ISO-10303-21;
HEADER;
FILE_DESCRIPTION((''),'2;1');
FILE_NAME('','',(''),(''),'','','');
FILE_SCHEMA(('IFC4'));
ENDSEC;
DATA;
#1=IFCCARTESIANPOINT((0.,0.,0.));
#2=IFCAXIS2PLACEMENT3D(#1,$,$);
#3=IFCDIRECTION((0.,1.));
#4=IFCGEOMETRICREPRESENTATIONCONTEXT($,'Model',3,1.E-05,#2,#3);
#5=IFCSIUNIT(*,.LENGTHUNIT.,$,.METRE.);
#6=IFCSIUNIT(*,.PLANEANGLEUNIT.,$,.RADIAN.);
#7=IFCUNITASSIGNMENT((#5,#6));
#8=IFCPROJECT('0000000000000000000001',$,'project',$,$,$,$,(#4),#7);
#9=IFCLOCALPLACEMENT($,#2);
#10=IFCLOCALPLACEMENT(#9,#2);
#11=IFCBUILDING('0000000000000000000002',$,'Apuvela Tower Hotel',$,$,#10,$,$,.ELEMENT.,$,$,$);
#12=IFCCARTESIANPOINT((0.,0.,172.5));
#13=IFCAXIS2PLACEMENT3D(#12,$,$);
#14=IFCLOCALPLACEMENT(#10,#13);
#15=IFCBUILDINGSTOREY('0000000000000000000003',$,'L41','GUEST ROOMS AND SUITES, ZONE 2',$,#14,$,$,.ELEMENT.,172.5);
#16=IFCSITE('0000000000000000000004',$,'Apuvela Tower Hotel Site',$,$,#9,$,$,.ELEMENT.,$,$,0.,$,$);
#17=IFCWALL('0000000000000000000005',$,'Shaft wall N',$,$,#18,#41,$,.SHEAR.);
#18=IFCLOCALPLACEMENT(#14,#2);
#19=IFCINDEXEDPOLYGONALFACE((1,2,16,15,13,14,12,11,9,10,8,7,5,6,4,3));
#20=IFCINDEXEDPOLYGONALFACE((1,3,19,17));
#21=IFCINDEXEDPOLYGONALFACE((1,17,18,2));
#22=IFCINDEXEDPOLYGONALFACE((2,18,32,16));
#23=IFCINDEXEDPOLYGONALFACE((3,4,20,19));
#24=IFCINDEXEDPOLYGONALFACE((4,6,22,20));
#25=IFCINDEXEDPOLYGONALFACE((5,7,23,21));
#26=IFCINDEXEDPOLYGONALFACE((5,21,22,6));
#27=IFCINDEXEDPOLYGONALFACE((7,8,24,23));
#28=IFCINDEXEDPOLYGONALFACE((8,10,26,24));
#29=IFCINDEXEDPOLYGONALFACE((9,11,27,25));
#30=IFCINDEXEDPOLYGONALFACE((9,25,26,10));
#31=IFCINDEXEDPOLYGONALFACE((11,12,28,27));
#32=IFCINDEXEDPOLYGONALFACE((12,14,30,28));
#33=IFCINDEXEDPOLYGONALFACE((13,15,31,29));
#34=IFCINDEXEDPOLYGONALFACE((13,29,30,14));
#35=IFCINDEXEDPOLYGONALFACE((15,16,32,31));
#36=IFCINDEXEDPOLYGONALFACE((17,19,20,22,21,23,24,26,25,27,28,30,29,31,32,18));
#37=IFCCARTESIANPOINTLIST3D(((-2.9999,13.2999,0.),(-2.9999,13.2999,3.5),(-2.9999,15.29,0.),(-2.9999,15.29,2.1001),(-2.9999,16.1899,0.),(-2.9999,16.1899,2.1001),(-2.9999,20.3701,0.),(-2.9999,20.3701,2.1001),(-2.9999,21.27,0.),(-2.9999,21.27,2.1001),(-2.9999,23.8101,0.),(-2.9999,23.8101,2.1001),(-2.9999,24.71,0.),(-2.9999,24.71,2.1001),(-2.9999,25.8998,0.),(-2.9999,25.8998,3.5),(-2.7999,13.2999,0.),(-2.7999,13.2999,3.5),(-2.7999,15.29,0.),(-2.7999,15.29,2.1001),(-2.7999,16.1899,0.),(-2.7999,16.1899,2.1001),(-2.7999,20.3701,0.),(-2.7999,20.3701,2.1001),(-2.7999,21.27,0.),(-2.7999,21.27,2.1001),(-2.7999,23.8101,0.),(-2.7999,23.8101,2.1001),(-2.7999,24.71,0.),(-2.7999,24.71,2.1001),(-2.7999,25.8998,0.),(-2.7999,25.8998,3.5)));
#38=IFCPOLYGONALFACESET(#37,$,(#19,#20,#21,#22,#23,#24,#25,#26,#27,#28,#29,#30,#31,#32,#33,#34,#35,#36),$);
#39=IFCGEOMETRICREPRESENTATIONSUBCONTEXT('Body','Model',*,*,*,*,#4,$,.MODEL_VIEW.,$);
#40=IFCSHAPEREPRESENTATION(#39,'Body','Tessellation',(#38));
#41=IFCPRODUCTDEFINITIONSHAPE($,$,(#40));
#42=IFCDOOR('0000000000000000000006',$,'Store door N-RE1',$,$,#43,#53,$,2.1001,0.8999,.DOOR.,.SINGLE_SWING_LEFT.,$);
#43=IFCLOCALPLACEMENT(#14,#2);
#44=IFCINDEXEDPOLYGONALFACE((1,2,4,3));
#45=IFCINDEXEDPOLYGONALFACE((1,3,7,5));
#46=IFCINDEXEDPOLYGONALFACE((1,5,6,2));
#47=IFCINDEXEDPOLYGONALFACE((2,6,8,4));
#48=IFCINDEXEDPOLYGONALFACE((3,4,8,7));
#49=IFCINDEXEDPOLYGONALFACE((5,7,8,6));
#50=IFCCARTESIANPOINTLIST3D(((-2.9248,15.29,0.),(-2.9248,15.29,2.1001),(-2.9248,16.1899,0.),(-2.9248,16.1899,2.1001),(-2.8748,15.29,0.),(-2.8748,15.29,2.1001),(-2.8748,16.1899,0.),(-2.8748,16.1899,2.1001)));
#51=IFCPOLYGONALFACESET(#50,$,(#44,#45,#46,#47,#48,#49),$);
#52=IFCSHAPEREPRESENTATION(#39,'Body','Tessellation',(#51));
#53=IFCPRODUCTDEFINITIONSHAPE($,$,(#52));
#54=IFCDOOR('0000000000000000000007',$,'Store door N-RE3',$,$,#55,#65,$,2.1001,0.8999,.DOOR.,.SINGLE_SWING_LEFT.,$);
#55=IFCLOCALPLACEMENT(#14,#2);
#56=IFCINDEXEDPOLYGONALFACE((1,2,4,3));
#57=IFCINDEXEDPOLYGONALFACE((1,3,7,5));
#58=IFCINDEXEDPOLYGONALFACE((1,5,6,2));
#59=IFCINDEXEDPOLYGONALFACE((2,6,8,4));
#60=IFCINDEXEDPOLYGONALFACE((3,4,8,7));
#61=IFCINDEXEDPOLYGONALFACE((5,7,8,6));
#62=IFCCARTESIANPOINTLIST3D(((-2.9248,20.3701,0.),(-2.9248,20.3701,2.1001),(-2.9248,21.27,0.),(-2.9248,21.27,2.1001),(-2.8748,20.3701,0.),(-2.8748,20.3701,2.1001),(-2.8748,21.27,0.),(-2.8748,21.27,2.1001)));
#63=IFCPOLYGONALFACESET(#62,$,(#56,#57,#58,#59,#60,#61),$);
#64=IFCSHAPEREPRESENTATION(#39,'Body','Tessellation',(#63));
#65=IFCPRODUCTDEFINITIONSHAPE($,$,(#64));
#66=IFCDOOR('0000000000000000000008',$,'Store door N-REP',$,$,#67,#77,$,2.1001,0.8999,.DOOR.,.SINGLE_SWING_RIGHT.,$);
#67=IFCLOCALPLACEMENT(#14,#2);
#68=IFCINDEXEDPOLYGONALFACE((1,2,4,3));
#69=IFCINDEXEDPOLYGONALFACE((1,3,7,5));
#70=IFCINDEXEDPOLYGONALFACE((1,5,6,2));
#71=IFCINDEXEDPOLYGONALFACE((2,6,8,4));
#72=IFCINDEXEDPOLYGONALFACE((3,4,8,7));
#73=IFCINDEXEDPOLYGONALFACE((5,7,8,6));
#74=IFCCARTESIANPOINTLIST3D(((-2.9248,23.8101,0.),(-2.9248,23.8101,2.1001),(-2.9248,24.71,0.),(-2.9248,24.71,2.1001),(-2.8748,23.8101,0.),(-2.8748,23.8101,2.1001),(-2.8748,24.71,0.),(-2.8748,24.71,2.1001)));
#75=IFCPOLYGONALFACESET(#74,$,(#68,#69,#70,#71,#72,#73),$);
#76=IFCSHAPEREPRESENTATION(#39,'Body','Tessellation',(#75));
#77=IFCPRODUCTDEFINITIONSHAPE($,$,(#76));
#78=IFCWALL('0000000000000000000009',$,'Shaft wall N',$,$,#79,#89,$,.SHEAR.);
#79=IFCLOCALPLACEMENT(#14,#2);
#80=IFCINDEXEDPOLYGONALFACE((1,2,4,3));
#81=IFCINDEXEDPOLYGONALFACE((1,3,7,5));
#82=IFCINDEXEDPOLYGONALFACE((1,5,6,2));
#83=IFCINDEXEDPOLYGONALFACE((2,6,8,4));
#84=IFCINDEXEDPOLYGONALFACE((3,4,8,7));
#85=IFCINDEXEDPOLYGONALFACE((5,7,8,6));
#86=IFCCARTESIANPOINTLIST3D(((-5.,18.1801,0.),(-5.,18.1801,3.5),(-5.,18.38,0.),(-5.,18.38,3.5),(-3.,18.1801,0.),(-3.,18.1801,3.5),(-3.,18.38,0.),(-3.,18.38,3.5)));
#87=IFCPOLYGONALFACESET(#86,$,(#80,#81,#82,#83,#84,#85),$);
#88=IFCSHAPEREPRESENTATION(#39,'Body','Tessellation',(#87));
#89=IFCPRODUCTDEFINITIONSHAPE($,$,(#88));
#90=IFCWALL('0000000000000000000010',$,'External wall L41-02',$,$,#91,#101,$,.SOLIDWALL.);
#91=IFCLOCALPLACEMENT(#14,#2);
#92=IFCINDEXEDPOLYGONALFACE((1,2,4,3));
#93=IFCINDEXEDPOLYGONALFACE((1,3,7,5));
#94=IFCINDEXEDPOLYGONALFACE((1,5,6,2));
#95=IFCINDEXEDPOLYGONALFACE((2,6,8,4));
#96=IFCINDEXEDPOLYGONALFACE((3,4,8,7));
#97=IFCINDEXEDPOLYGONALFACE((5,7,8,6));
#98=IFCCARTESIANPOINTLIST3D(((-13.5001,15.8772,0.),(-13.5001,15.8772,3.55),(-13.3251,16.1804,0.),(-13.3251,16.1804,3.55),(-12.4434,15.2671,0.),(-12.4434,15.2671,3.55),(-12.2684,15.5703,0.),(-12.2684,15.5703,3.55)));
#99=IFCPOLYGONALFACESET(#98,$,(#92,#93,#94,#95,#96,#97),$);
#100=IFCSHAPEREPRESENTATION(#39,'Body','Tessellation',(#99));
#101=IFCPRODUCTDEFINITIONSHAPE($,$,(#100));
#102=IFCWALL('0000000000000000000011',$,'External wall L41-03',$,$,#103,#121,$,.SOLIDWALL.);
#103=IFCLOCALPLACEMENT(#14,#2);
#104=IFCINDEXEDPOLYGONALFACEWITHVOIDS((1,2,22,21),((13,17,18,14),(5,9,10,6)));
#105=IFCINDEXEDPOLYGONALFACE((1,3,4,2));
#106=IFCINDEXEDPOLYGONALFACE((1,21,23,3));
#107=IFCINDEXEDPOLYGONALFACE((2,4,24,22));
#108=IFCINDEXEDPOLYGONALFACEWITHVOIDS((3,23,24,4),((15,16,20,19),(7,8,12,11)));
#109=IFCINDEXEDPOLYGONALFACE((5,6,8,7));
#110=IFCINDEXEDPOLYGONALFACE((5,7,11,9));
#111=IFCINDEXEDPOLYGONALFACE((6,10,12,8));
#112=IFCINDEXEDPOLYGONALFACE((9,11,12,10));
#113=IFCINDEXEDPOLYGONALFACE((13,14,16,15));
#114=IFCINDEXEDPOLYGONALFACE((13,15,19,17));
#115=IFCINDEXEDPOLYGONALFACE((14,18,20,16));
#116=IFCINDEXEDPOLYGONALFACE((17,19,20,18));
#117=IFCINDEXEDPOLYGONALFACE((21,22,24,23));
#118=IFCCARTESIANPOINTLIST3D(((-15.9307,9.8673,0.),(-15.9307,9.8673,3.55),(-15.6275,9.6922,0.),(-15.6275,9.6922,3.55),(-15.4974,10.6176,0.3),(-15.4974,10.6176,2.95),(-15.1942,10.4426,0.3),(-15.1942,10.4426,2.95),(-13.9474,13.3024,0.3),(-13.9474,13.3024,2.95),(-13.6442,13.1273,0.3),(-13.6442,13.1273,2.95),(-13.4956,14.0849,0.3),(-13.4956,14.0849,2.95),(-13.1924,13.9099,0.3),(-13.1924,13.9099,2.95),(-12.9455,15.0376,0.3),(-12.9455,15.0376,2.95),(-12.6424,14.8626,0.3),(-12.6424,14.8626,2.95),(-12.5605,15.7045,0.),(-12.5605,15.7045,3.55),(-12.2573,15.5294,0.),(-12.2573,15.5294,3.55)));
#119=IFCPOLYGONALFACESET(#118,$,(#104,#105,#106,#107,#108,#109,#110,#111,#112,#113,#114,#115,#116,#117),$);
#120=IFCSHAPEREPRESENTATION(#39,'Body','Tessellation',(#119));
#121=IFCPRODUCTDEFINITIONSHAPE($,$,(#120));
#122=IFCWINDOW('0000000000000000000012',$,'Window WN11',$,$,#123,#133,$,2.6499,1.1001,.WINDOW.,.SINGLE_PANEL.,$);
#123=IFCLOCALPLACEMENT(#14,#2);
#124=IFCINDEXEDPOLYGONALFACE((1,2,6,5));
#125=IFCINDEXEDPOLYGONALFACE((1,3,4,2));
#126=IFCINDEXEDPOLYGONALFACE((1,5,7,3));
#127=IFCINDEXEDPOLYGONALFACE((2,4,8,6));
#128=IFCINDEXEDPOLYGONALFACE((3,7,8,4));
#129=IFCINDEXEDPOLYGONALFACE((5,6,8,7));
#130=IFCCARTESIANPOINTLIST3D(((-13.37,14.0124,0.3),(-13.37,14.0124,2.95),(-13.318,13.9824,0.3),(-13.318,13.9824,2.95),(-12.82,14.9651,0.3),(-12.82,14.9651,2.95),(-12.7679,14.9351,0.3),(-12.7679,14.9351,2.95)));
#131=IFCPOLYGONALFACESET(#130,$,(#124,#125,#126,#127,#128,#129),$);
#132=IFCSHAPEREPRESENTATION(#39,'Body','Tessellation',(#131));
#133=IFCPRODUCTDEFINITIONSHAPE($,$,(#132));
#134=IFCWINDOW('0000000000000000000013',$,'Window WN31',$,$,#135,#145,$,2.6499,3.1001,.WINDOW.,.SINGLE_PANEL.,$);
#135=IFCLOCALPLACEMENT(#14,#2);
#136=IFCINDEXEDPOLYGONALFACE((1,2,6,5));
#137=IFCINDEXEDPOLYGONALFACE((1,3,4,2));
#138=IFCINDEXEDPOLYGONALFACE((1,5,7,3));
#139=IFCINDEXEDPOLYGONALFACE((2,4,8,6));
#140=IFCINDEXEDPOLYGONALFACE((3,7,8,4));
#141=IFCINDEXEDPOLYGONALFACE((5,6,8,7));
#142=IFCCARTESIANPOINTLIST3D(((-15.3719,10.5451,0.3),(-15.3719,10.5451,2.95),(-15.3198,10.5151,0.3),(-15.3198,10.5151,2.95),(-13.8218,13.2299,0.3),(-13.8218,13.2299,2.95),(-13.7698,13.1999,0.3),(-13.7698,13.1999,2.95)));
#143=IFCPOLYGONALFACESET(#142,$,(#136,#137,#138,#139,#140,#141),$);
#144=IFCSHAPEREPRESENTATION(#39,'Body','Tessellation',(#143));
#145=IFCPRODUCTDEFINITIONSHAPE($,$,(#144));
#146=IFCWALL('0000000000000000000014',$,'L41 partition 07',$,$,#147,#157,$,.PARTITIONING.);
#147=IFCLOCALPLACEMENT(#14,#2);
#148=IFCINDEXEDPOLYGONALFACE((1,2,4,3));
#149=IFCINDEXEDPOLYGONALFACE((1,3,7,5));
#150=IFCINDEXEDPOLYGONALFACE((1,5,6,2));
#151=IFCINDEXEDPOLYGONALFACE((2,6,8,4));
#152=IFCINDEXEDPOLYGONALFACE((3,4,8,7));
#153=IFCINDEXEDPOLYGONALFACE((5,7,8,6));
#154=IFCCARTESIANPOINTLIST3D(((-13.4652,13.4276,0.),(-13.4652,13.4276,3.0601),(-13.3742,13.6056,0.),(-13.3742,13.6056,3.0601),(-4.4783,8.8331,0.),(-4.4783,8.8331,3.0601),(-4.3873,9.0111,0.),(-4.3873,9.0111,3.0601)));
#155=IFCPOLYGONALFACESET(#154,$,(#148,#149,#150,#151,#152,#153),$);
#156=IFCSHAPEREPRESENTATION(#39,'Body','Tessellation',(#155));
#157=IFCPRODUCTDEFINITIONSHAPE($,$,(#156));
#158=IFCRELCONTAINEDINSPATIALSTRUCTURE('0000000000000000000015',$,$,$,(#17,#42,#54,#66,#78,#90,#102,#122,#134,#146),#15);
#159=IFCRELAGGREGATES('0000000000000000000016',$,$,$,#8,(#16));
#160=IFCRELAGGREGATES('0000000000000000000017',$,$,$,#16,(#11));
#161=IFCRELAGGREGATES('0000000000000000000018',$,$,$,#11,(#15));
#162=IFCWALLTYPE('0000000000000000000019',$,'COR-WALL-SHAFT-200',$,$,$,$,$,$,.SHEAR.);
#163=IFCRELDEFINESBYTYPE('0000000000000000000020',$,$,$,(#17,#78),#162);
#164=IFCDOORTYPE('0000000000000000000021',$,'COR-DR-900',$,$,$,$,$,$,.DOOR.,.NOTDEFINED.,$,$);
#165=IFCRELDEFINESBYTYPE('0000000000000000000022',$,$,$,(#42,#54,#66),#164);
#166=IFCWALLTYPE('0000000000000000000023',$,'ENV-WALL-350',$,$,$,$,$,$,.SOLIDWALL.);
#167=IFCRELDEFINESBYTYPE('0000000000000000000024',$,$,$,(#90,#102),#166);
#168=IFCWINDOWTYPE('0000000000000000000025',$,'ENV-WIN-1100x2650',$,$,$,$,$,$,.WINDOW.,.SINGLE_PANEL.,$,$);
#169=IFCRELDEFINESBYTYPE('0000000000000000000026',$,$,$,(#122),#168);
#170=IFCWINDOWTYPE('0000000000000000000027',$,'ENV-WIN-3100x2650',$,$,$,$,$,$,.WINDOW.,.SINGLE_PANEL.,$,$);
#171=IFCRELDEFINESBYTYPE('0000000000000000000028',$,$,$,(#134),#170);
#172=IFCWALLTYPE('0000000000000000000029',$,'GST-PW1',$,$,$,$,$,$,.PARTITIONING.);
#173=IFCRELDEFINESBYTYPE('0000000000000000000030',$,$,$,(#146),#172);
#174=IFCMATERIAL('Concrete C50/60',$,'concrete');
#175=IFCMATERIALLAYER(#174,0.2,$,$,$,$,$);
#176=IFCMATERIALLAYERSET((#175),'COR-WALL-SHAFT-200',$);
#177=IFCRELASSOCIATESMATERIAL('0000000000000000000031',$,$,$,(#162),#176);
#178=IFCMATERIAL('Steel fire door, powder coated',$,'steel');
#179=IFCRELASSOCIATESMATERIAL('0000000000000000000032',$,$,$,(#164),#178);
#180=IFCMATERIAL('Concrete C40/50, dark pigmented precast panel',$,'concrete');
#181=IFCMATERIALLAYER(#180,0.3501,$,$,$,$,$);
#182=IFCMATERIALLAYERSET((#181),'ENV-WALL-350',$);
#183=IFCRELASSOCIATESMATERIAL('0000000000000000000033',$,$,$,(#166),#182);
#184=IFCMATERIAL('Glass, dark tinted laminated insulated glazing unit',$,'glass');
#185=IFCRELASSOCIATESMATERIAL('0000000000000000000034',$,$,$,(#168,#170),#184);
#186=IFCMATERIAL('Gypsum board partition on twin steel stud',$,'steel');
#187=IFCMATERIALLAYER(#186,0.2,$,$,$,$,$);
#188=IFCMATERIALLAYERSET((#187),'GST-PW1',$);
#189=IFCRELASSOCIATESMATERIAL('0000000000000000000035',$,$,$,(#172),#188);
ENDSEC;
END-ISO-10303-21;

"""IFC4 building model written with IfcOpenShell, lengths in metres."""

from ifc_helpers import new_model, si_unit, direction, frame, frame_2d, origin, place, context, subcontext, project, spatial, rectangle, extrude, material, layer, layer_set, type_object, element, fill, save


model = new_model("IFC4")

# Units and contexts
model_context = context("Model", 3, precision=1e-05, world=origin(), true_north=direction((0.0, 1.0)))
body_context = subcontext(model_context, "Body", "Model", "MODEL_VIEW")
ifc_project = project(units=[si_unit("LENGTHUNIT", "METRE"), si_unit("PLANEANGLEUNIT", "RADIAN")], contexts=[model_context])

# Site, building, storey
site_placement = place(None, origin())
site = spatial("IfcSite", under=ifc_project, at=site_placement, Name="Apuvela Tower Hotel Site", CompositionType="ELEMENT", RefElevation=0.0)
building_placement = place(site_placement, origin())
building = spatial("IfcBuilding", under=site, at=building_placement, Name="Apuvela Tower Hotel", CompositionType="ELEMENT")
storey_placement = place(building_placement, frame((0.0, 0.0, 172.5)))
storey = spatial("IfcBuildingStorey", under=building, at=storey_placement, Name="L41", Description="GUEST ROOMS AND SUITES, ZONE 2", CompositionType="ELEMENT", Elevation=172.5)

# Shared definitions
ifc_material_1 = material(Name="Concrete C50/60", Category="concrete")
ifc_layer_1 = layer(ifc_material_1, 0.2)
ifc_layer_set_1 = layer_set([ifc_layer_1], Name="COR-WALL-SHAFT-200")
wall_type_1 = type_object("IfcWallType", Name="COR-WALL-SHAFT-200", PredefinedType="SHEAR", material=ifc_layer_set_1)

# Wall, openings, doors
wall_1_placement = place(storey_placement, frame((-2.8999, 13.3, 0.0), z_axis=(0.0, 0.0, 1.0), x_axis=(0.0, 1.0, 0.0)))
wall_1 = element("IfcWall", 1, at=wall_1_placement, inside=storey, type_object=wall_type_1, Name="Shaft wall N", PredefinedType="SHEAR", context=body_context, shape_type="SweptSolid", body=[
    extrude(rectangle(XDim=12.5999, YDim=0.2, at=frame_2d((6.2998, 0.0))), origin(), (0.0, 0.0, 1.0), 3.5),
])
opening_1_placement = place(wall_1_placement, frame((1.99, 0.0, 0.0)))
opening_1 = element("IfcOpeningElement", 2, at=opening_1_placement, cuts=wall_1, PredefinedType="OPENING", context=body_context, shape_type="SweptSolid", body=[
    extrude(rectangle(XDim=0.8999, YDim=2.1001, at=frame_2d((0.45, 1.05))), frame((0.0, 0.1099, 0.0), z_axis=(0.0, -1.0, 0.0), x_axis=(1.0, 0.0, 0.0)), (0.0, 0.0, 1.0), 0.22),
])
opening_2_placement = place(wall_1_placement, frame((7.0701, 0.0, 0.0)))
opening_2 = element("IfcOpeningElement", 3, at=opening_2_placement, cuts=wall_1, PredefinedType="OPENING", context=body_context, shape_type="SweptSolid", body=[
    extrude(rectangle(XDim=0.8999, YDim=2.1001, at=frame_2d((0.45, 1.05))), frame((0.0, 0.1099, 0.0), z_axis=(0.0, -1.0, 0.0), x_axis=(1.0, 0.0, 0.0)), (0.0, 0.0, 1.0), 0.22),
])
opening_3_placement = place(wall_1_placement, frame((10.51, 0.0, 0.0)))
opening_3 = element("IfcOpeningElement", 4, at=opening_3_placement, cuts=wall_1, PredefinedType="OPENING", context=body_context, shape_type="SweptSolid", body=[
    extrude(rectangle(XDim=0.8999, YDim=2.1001, at=frame_2d((0.45, 1.05))), frame((0.0, 0.1099, 0.0), z_axis=(0.0, -1.0, 0.0), x_axis=(1.0, 0.0, 0.0)), (0.0, 0.0, 1.0), 0.22),
])
ifc_material_2 = material(Name="Steel fire door, powder coated", Category="steel")
door_type_1 = type_object("IfcDoorType", Name="COR-DR-900", OperationType="NOTDEFINED", PredefinedType="DOOR", material=ifc_material_2)
door_1_placement = place(opening_1_placement, origin())
door_1 = element("IfcDoor", 5, at=door_1_placement, inside=storey, type_object=door_type_1, Name="Store door N-RE1", OperationType="SINGLE_SWING_LEFT", OverallHeight=2.1001, OverallWidth=0.8999, PredefinedType="DOOR", context=body_context, shape_type="SweptSolid", body=[
    extrude(rectangle(XDim=0.8999, YDim=2.1001, at=frame_2d((0.45, 1.05))), frame((0.0, 0.0249, 0.0), z_axis=(0.0, -1.0, 0.0), x_axis=(1.0, 0.0, 0.0)), (0.0, 0.0, 1.0), 0.05),
])
fill(opening_1, door_1)
door_2_placement = place(opening_2_placement, origin())
door_2 = element("IfcDoor", 6, at=door_2_placement, inside=storey, type_object=door_type_1, Name="Store door N-RE3", OperationType="SINGLE_SWING_LEFT", OverallHeight=2.1001, OverallWidth=0.8999, PredefinedType="DOOR", context=body_context, shape_type="SweptSolid", body=[
    extrude(rectangle(XDim=0.8999, YDim=2.1001, at=frame_2d((0.45, 1.05))), frame((0.0, 0.0249, 0.0), z_axis=(0.0, -1.0, 0.0), x_axis=(1.0, 0.0, 0.0)), (0.0, 0.0, 1.0), 0.05),
])
fill(opening_2, door_2)
door_3_placement = place(opening_3_placement, origin())
door_3 = element("IfcDoor", 7, at=door_3_placement, inside=storey, type_object=door_type_1, Name="Store door N-REP", OperationType="SINGLE_SWING_RIGHT", OverallHeight=2.1001, OverallWidth=0.8999, PredefinedType="DOOR", context=body_context, shape_type="SweptSolid", body=[
    extrude(rectangle(XDim=0.8999, YDim=2.1001, at=frame_2d((0.45, 1.05))), frame((0.0, 0.0249, 0.0), z_axis=(0.0, -1.0, 0.0), x_axis=(1.0, 0.0, 0.0)), (0.0, 0.0, 1.0), 0.05),
])
fill(opening_3, door_3)

# Walls
wall_2_placement = place(storey_placement, frame((-3.0, 18.28, 0.0), z_axis=(0.0, 0.0, 1.0), x_axis=(-1.0, 0.0, 0.0)))
element("IfcWall", 8, at=wall_2_placement, inside=storey, type_object=wall_type_1, Name="Shaft wall N", PredefinedType="SHEAR", context=body_context, shape_type="SweptSolid", body=[
    extrude(rectangle(XDim=2.0, YDim=0.2, at=frame_2d((1.0, 0.0))), origin(), (0.0, 0.0, 1.0), 3.5),
])
ifc_material_3 = material(Name="Concrete C40/50, dark pigmented precast panel", Category="concrete")
ifc_layer_2 = layer(ifc_material_3, 0.3501)
ifc_layer_set_2 = layer_set([ifc_layer_2], Name="ENV-WALL-350")
wall_type_2 = type_object("IfcWallType", Name="ENV-WALL-350", PredefinedType="SOLIDWALL", material=ifc_layer_set_2)
wall_3_placement = place(storey_placement, frame((-13.4126, 16.0288, 0.0), z_axis=(0.0, 0.0, 1.0), x_axis=(0.866006, -0.500034, 0.0)))
element("IfcWall", 9, at=wall_3_placement, inside=storey, type_object=wall_type_2, Name="External wall L41-02", PredefinedType="SOLIDWALL", context=body_context, shape_type="SweptSolid", body=[
    extrude(rectangle(XDim=1.2202, YDim=0.3501, at=frame_2d((0.6101, 0.0))), origin(), (0.0, 0.0, 1.0), 3.55),
])

# Wall, openings, windows
wall_4_placement = place(storey_placement, frame((-12.4089, 15.6169, 0.0), z_axis=(0.0, 0.0, 1.0), x_axis=(-0.500004, -0.866023, 0.0)))
wall_4 = element("IfcWall", 10, at=wall_4_placement, inside=storey, type_object=wall_type_2, Name="External wall L41-03", PredefinedType="SOLIDWALL", context=body_context, shape_type="SweptSolid", body=[
    extrude(rectangle(XDim=6.7402, YDim=0.3501, at=frame_2d((3.3701, 0.0))), origin(), (0.0, 0.0, 1.0), 3.55),
])
opening_4_placement = place(wall_4_placement, frame((0.77, 0.0, 0.3)))
opening_4 = element("IfcOpeningElement", 11, at=opening_4_placement, cuts=wall_4, PredefinedType="OPENING", context=body_context, shape_type="SweptSolid", body=[
    extrude(rectangle(XDim=1.1001, YDim=2.6499, at=frame_2d((0.55, 1.325))), frame((0.0, 0.1851, 0.0), z_axis=(0.0, -1.0, 0.0), x_axis=(1.0, 0.0, 0.0)), (0.0, 0.0, 1.0), 0.3701),
])
opening_5_placement = place(wall_4_placement, frame((2.7737, 0.0, 0.3)))
opening_5 = element("IfcOpeningElement", 12, at=opening_5_placement, cuts=wall_4, PredefinedType="OPENING", context=body_context, shape_type="SweptSolid", body=[
    extrude(rectangle(XDim=3.1001, YDim=2.6499, at=frame_2d((1.55, 1.325))), frame((0.0, 0.1851, 0.0), z_axis=(0.0, -1.0, 0.0), x_axis=(1.0, 0.0, 0.0)), (0.0, 0.0, 1.0), 0.3701),
])
ifc_material_4 = material(Name="Glass, dark tinted laminated insulated glazing unit", Category="glass")
window_type_1 = type_object("IfcWindowType", Name="ENV-WIN-1100x2650", PartitioningType="SINGLE_PANEL", PredefinedType="WINDOW", material=ifc_material_4)
window_1_placement = place(opening_4_placement, origin())
window_1 = element("IfcWindow", 13, at=window_1_placement, inside=storey, type_object=window_type_1, Name="Window WN11", OverallHeight=2.6499, OverallWidth=1.1001, PartitioningType="SINGLE_PANEL", PredefinedType="WINDOW", context=body_context, shape_type="SweptSolid", body=[
    extrude(rectangle(XDim=1.1001, YDim=2.6499, at=frame_2d((0.55, 1.325))), frame((0.0, 0.03, 0.0), z_axis=(0.0, -1.0, 0.0), x_axis=(1.0, 0.0, 0.0)), (0.0, 0.0, 1.0), 0.0601),
])
fill(opening_4, window_1)
window_type_2 = type_object("IfcWindowType", Name="ENV-WIN-3100x2650", PartitioningType="SINGLE_PANEL", PredefinedType="WINDOW", material=ifc_material_4)
window_2_placement = place(opening_5_placement, origin())
window_2 = element("IfcWindow", 14, at=window_2_placement, inside=storey, type_object=window_type_2, Name="Window WN31", OverallHeight=2.6499, OverallWidth=3.1001, PartitioningType="SINGLE_PANEL", PredefinedType="WINDOW", context=body_context, shape_type="SweptSolid", body=[
    extrude(rectangle(XDim=3.1001, YDim=2.6499, at=frame_2d((1.55, 1.325))), frame((0.0, 0.03, 0.0), z_axis=(0.0, -1.0, 0.0), x_axis=(1.0, 0.0, 0.0)), (0.0, 0.0, 1.0), 0.0601),
])
fill(opening_5, window_2)

# Wall
ifc_material_5 = material(Name="Gypsum board partition on twin steel stud", Category="steel")
ifc_layer_3 = layer(ifc_material_5, 0.2)
ifc_layer_set_3 = layer_set([ifc_layer_3], Name="GST-PW1")
wall_type_3 = type_object("IfcWallType", Name="GST-PW1", PredefinedType="PARTITIONING", material=ifc_layer_set_3)
wall_5_placement = place(storey_placement, frame((-13.4197, 13.5166, 0.0), z_axis=(0.0, 0.0, 1.0), x_axis=(0.890386, -0.455207, 0.0)))
element("IfcWall", 15, at=wall_5_placement, inside=storey, type_object=wall_type_3, Name="L41 partition 07", PredefinedType="PARTITIONING", context=body_context, shape_type="SweptSolid", body=[
    extrude(rectangle(XDim=10.0933, YDim=0.2, at=frame_2d((5.0466, 0.0))), origin(), (0.0, 0.0, 1.0), 3.0601),
])

save(model, "model.ifc")
